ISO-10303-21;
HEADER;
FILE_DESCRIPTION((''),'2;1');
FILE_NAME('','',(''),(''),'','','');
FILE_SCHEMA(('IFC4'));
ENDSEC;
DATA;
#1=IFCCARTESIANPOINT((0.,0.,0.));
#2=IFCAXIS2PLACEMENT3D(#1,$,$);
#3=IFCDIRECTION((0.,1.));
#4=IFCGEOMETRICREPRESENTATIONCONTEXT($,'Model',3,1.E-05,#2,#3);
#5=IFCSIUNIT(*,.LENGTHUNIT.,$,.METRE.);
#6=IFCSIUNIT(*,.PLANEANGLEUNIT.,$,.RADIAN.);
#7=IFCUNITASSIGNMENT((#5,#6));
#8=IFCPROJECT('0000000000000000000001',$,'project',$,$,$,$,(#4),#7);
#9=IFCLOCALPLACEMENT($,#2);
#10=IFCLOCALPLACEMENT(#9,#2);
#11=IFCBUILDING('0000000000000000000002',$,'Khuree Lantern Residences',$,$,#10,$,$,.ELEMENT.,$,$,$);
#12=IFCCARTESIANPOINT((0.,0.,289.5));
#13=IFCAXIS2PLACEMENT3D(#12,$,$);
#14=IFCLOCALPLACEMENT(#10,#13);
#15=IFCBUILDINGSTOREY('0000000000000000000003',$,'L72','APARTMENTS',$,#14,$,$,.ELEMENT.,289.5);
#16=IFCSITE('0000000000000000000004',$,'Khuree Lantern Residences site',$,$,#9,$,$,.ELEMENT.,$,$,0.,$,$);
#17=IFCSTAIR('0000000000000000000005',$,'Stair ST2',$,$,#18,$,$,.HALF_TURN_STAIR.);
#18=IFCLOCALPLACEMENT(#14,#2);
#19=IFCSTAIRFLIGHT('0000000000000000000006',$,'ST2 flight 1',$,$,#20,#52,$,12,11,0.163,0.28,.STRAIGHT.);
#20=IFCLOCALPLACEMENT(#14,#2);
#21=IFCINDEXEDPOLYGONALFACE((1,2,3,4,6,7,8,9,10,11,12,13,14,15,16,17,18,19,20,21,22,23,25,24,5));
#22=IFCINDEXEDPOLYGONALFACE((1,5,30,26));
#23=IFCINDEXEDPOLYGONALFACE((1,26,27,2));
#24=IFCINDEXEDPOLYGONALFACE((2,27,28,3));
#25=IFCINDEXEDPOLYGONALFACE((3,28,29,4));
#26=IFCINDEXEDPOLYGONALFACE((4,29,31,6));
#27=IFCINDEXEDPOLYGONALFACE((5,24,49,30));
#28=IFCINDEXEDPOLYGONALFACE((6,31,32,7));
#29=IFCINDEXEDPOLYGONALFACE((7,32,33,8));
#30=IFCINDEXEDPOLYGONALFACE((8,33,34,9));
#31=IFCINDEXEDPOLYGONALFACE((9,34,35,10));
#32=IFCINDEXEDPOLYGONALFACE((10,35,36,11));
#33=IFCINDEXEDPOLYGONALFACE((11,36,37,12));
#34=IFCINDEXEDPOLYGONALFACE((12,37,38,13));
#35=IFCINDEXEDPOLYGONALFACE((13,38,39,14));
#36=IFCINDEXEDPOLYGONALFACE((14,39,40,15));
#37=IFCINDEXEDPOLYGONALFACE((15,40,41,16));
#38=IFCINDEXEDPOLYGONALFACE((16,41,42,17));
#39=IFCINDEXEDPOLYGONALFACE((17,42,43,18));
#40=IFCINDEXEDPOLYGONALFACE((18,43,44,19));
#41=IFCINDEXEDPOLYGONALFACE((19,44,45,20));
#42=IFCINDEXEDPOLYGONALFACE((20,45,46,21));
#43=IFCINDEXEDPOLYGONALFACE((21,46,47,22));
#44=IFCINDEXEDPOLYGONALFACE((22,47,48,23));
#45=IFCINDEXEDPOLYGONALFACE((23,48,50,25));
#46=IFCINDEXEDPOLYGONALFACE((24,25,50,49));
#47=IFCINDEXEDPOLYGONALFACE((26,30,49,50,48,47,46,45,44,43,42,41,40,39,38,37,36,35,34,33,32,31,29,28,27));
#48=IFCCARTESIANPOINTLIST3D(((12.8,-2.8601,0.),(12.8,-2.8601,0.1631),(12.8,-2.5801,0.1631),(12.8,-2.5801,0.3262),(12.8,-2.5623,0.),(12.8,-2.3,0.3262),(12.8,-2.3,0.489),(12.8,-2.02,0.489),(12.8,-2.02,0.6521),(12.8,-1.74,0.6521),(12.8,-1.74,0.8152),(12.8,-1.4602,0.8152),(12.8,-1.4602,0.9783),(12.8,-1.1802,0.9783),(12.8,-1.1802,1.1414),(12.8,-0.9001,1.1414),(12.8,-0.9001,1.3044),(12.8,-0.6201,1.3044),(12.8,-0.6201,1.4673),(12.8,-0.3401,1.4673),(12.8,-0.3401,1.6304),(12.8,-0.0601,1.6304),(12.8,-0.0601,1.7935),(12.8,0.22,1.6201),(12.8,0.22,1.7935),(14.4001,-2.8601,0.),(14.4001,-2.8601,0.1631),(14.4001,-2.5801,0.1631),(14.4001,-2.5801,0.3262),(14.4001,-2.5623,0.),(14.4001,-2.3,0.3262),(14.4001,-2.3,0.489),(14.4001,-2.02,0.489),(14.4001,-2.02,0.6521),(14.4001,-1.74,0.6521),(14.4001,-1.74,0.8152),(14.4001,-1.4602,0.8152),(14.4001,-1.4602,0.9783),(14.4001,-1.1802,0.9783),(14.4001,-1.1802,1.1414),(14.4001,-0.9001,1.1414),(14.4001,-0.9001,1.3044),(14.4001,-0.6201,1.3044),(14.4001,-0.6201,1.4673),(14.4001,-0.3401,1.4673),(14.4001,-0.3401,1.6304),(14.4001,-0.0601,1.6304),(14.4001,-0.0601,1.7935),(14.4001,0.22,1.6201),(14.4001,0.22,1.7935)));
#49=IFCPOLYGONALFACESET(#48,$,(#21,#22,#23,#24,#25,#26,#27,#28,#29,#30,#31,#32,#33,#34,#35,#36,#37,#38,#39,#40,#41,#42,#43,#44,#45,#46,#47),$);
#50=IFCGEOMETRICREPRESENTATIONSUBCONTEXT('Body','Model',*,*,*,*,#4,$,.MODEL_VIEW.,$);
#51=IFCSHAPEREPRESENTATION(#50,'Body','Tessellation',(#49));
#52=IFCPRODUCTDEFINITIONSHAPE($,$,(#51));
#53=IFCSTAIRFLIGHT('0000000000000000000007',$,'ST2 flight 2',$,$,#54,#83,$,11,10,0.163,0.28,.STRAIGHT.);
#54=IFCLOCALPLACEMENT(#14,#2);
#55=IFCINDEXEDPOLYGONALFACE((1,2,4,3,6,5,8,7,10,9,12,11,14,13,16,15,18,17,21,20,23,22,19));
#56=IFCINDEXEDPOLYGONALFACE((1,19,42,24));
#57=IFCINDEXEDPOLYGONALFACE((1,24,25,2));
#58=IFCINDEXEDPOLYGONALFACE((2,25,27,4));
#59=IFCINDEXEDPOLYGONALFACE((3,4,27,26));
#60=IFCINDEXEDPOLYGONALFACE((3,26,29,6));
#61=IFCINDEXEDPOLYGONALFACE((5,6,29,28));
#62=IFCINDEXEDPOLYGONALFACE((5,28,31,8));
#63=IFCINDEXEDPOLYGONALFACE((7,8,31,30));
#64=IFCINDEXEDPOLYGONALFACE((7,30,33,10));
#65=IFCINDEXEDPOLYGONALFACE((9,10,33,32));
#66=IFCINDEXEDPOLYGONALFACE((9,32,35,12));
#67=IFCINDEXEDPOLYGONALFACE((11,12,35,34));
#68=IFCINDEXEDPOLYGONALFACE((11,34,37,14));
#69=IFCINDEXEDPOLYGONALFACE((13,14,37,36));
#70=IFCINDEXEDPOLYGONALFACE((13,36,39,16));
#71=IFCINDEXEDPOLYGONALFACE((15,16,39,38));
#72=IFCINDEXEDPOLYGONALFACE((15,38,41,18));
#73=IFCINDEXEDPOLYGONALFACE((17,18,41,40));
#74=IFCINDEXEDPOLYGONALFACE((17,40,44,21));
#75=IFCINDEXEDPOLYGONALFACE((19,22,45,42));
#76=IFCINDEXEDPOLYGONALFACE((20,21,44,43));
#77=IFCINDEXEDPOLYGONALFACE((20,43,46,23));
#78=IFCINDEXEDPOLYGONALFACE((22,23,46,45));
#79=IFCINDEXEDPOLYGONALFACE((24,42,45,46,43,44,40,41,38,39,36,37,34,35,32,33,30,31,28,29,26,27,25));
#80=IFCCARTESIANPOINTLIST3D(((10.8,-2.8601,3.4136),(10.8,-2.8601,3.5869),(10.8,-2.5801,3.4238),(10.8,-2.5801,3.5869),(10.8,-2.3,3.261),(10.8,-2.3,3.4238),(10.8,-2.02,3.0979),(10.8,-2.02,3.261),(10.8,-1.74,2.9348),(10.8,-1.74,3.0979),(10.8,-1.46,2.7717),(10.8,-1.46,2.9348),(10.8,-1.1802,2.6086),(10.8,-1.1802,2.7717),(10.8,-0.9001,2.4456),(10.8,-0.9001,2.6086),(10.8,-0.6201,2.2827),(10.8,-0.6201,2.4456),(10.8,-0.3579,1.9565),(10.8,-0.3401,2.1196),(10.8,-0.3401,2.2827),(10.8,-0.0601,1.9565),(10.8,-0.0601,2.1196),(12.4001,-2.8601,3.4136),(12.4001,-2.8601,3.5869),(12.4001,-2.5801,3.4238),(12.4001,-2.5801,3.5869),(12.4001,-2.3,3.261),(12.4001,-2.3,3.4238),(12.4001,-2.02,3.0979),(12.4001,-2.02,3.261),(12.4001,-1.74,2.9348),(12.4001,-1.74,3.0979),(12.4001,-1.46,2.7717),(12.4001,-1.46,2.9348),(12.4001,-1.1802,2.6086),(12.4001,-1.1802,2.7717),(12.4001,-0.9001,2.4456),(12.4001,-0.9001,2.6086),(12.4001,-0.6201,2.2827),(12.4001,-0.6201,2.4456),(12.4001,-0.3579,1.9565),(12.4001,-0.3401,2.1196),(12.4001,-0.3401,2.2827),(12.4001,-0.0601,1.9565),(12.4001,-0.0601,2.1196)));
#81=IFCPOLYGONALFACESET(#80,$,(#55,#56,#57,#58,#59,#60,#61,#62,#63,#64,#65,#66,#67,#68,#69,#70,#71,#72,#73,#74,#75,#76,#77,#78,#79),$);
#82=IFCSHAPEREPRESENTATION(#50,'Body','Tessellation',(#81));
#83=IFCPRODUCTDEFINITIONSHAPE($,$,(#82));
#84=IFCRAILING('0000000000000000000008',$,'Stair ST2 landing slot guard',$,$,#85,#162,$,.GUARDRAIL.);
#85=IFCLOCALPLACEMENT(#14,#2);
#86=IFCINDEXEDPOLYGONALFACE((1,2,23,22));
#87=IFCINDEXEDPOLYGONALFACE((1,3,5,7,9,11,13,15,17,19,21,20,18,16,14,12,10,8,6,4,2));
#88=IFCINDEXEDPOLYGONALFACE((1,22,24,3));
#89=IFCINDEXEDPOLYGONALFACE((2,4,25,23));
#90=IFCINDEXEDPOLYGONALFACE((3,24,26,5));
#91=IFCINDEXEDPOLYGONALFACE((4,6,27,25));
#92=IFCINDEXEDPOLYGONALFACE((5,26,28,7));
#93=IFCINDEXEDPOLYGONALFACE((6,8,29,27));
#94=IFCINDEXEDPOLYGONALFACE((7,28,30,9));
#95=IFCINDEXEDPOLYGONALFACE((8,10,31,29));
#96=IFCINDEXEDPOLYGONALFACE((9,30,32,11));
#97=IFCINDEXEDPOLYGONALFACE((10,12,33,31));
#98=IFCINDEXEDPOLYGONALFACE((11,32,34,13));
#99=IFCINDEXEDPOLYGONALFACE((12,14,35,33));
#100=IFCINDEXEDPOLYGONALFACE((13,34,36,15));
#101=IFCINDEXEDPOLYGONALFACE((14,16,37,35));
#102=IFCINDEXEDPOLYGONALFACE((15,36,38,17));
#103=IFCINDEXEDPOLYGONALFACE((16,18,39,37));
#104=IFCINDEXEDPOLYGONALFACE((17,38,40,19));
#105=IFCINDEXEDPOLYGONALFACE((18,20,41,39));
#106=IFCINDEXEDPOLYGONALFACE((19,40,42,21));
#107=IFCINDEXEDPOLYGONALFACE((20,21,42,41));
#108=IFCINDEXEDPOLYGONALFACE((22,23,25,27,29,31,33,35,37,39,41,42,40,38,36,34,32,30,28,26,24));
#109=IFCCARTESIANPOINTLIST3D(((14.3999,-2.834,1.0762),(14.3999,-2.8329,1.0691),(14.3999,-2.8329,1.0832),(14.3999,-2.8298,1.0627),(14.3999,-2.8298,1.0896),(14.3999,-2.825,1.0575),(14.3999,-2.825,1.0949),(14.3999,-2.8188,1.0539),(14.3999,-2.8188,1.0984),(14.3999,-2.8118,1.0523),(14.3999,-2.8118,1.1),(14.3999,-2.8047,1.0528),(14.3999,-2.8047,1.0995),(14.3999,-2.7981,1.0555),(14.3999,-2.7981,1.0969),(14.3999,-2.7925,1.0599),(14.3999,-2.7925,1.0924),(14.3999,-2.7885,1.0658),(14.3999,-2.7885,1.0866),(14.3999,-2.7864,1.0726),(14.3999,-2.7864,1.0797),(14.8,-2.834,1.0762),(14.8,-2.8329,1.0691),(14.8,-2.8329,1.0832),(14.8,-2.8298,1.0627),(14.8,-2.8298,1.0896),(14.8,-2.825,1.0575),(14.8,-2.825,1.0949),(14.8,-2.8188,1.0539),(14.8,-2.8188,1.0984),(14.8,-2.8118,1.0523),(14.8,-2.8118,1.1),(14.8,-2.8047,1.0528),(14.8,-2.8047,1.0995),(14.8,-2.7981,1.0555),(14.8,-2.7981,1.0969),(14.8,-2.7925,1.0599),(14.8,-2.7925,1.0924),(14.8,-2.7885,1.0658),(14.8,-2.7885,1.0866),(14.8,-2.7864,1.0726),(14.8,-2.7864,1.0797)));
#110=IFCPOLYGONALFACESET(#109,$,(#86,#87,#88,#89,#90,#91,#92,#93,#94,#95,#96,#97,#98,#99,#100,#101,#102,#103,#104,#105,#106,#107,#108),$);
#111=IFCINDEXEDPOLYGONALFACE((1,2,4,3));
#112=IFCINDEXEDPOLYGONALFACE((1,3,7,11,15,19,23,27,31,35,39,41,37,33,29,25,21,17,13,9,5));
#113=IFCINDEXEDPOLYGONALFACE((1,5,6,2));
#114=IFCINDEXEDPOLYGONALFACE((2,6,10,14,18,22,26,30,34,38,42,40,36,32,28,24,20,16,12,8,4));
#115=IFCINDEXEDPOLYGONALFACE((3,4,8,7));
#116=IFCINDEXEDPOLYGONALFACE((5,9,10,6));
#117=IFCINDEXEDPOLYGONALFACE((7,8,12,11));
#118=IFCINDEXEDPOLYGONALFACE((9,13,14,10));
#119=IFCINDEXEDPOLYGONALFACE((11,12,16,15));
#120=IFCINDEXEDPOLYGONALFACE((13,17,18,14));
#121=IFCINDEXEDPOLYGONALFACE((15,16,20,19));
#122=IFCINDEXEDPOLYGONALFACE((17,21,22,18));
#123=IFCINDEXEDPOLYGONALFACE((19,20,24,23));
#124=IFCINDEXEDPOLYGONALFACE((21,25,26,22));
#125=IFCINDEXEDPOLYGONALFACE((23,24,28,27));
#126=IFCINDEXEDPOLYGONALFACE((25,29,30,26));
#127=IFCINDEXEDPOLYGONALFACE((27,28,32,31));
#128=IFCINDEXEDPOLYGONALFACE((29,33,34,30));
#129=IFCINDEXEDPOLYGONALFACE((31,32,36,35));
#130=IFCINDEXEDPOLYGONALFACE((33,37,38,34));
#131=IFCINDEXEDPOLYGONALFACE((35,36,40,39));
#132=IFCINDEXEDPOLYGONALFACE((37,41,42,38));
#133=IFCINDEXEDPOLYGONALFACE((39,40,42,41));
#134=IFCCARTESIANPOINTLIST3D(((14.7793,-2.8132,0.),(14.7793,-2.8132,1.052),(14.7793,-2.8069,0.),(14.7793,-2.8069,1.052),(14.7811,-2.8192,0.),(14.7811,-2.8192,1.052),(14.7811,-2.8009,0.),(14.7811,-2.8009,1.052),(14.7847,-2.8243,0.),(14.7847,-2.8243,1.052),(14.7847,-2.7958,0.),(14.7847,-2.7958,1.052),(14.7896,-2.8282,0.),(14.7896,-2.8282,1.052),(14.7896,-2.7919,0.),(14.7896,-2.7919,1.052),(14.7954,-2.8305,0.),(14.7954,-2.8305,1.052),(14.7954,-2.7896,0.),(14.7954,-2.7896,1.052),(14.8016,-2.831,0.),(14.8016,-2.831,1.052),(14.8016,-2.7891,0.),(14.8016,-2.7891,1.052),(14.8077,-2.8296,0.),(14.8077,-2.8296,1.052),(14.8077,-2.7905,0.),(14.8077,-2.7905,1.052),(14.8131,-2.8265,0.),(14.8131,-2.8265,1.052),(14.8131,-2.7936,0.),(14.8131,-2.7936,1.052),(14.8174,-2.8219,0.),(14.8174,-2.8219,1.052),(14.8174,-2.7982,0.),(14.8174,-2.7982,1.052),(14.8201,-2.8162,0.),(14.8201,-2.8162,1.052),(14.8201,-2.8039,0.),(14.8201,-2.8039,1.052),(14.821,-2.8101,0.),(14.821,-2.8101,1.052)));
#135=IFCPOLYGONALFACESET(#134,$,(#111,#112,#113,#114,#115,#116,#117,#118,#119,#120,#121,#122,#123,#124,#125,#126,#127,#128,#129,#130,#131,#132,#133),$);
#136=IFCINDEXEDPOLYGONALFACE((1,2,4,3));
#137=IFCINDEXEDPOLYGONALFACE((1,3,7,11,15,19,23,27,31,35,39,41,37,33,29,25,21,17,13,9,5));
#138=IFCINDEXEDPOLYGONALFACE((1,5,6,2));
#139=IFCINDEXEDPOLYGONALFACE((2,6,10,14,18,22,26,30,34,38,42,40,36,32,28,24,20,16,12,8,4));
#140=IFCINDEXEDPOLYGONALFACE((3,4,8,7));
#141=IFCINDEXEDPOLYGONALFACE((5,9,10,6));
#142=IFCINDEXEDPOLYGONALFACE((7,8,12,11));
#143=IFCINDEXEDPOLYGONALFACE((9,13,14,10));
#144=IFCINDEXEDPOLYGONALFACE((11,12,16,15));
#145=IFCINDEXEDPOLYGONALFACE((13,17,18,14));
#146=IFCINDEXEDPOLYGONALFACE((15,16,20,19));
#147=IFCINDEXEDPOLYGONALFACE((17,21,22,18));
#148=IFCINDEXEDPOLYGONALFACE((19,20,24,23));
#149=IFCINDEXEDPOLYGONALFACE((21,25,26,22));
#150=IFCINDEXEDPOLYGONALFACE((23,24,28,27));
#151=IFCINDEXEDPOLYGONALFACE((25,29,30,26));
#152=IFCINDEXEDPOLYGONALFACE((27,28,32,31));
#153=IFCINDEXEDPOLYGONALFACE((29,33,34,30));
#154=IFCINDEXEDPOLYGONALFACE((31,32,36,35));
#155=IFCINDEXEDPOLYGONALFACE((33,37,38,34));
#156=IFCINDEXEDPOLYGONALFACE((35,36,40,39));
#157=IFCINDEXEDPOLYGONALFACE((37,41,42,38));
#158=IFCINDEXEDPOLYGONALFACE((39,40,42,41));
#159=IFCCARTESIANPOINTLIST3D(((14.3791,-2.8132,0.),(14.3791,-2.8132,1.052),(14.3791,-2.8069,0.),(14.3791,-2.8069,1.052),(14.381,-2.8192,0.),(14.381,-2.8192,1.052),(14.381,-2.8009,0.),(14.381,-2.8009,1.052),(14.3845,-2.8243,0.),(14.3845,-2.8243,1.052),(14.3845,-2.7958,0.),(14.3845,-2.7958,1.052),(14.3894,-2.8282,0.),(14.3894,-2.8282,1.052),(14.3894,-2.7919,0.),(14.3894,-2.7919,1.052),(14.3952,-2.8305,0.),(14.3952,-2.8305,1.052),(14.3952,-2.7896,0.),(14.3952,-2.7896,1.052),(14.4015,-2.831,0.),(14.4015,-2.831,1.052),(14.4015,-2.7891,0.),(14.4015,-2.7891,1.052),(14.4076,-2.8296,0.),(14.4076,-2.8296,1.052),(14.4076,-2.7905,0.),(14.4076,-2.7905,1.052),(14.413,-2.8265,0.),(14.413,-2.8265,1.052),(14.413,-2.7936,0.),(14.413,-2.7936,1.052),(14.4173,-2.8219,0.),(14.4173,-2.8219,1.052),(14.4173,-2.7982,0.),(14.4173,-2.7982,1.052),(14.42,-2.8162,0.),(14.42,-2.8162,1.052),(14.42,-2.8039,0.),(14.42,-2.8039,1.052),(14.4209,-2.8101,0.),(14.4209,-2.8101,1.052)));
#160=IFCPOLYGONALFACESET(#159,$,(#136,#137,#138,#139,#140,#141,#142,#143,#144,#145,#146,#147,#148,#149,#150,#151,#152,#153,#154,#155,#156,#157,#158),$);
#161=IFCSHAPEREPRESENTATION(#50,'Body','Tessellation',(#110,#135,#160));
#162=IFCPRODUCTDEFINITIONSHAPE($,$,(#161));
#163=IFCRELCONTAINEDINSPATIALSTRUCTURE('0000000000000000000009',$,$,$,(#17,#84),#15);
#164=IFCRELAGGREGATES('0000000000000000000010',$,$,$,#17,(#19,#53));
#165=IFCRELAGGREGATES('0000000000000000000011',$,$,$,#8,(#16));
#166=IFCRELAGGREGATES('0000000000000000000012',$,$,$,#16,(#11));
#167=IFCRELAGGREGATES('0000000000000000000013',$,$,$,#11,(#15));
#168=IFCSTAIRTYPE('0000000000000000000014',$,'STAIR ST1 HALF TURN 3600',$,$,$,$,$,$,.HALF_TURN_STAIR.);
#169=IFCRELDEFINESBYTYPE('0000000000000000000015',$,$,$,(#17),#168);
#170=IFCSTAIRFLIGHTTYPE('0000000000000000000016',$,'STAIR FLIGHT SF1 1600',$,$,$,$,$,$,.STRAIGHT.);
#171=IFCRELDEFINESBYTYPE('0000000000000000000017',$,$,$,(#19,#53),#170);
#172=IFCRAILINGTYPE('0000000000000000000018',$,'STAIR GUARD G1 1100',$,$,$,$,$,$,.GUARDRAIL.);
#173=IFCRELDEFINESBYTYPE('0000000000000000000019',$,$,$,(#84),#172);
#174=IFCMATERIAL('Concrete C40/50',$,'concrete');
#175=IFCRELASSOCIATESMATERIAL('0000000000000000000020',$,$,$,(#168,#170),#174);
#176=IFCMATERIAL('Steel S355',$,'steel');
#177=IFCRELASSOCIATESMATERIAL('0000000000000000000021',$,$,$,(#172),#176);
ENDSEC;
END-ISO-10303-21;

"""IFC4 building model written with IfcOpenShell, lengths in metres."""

from ifc_helpers import new_model, si_unit, direction, frame, origin, origin_2d, place, context, subcontext, project, spatial, polyline, circle, outline, extrude, material, type_object, element, aggregate, save


model = new_model("IFC4")

# Units and contexts
model_context = context("Model", 3, precision=1e-05, world=origin(), true_north=direction((0.0, 1.0)))
body_context = subcontext(model_context, "Body", "Model", "MODEL_VIEW")
ifc_project = project(units=[si_unit("LENGTHUNIT", "METRE"), si_unit("PLANEANGLEUNIT", "RADIAN")], contexts=[model_context])

# Site, building, storey
site_placement = place(None, origin())
site = spatial("IfcSite", under=ifc_project, at=site_placement, Name="Khuree Lantern Residences site", CompositionType="ELEMENT", RefElevation=0.0)
building_placement = place(site_placement, origin())
building = spatial("IfcBuilding", under=site, at=building_placement, Name="Khuree Lantern Residences", CompositionType="ELEMENT")
storey_placement = place(building_placement, frame((0.0, 0.0, 289.5)))
storey = spatial("IfcBuildingStorey", under=building, at=storey_placement, Name="L72", Description="APARTMENTS", CompositionType="ELEMENT", Elevation=289.5)

# Shared definitions
ifc_material_1 = material(Name="Concrete C40/50", Category="concrete")
stair_type = type_object("IfcStairType", Name="STAIR ST1 HALF TURN 3600", PredefinedType="HALF_TURN_STAIR", material=ifc_material_1)

# Stair, stair flights
stair_1_placement = place(storey_placement, origin())
stair_1 = element("IfcStair", 1, at=stair_1_placement, inside=storey, type_object=stair_type, Name="Stair ST2", PredefinedType="HALF_TURN_STAIR")
stair_flight_type = type_object("IfcStairFlightType", Name="STAIR FLIGHT SF1 1600", PredefinedType="STRAIGHT", material=ifc_material_1)
stair_flight_1_placement = place(storey_placement, frame((13.6001, -2.8601, 0.0), z_axis=(0.0, 0.0, 1.0), x_axis=(0.0, 1.0, 0.0)))
stair_flight_1 = element("IfcStairFlight", 2, at=stair_flight_1_placement, type_object=stair_flight_type, Name="ST2 flight 1", NumberOfRisers=12, NumberOfTreads=11, PredefinedType="STRAIGHT", RiserHeight=0.163, TreadLength=0.28, context=body_context, shape_type="SweptSolid", body=[
    extrude(outline(polyline([(0.0, 0.0), (0.0, 0.1631), (0.28, 0.1631), (0.28, 0.3262), (0.5601, 0.3262), (0.5601, 0.489), (0.8401, 0.489), (0.8401, 0.6521), (1.1201, 0.6521), (1.1201, 0.8152), (1.3999, 0.8152), (1.3999, 0.9783), (1.6799, 0.9783), (1.6799, 1.1414), (1.96, 1.1414), (1.96, 1.3044), (2.24, 1.3044), (2.24, 1.4673), (2.52, 1.4673), (2.52, 1.6304), (2.8, 1.6304), (2.8, 1.7935), (3.0801, 1.7935), (3.0801, 1.9565), (3.0801, 1.6201), (0.2979, 0.0), (0.0, 0.0)])), frame((0.0, 0.8, 0.0), z_axis=(0.0, -1.0, 0.0), x_axis=(1.0, 0.0, 0.0)), (0.0, 0.0, 1.0), 1.6001),
])
stair_flight_2_placement = place(storey_placement, frame((11.6001, -0.0601, 1.9565), z_axis=(0.0, 0.0, 1.0), x_axis=(0.0, -1.0, 0.0)))
stair_flight_2 = element("IfcStairFlight", 3, at=stair_flight_2_placement, type_object=stair_flight_type, Name="ST2 flight 2", NumberOfRisers=11, NumberOfTreads=10, PredefinedType="STRAIGHT", RiserHeight=0.163, TreadLength=0.28, context=body_context, shape_type="SweptSolid", body=[
    extrude(outline(polyline([(0.0, 0.0), (0.0, 0.1631), (0.28, 0.1631), (0.28, 0.3262), (0.5601, 0.3262), (0.5601, 0.489), (0.8401, 0.489), (0.8401, 0.6521), (1.1201, 0.6521), (1.1201, 0.8152), (1.3999, 0.8152), (1.3999, 0.9783), (1.6799, 0.9783), (1.6799, 1.1414), (1.96, 1.1414), (1.96, 1.3044), (2.24, 1.3044), (2.24, 1.4673), (2.52, 1.4673), (2.52, 1.6304), (2.8, 1.6304), (2.8, 1.7935), (2.8, 1.457), (0.2979, 0.0), (0.0, 0.0)])), frame((0.0, 0.8, 0.0), z_axis=(0.0, -1.0, 0.0), x_axis=(1.0, 0.0, 0.0)), (0.0, 0.0, 1.0), 1.6001),
])
aggregate(stair_1, [stair_flight_1, stair_flight_2])

# Railing
ifc_material_2 = material(Name="Steel S355", Category="steel")
railing_type_1 = type_object("IfcRailingType", Name="STAIR GUARD G1 1100", PredefinedType="GUARDRAIL", material=ifc_material_2)
railing_1_placement = place(storey_placement, frame((14.8, -2.8101, 0.0)))
element("IfcRailing", 4, at=railing_1_placement, inside=storey, type_object=railing_type_1, Name="Stair ST2 landing slot guard", PredefinedType="GUARDRAIL", context=body_context, shape_type="SweptSolid", body=[
    extrude(circle(Radius=0.0239, at=origin_2d()), frame((0.0, 0.0, 1.0762), z_axis=(-1.0, 0.0, 0.0), x_axis=(0.0, -1.0, 0.0)), (0.0, 0.0, 1.0), 0.4001),
    extrude(circle(Radius=0.021, at=origin_2d()), origin(), (0.0, 0.0, 1.0), 1.052),
    extrude(circle(Radius=0.021, at=origin_2d()), frame((-0.4001, 0.0, 0.0)), (0.0, 0.0, 1.0), 1.052),
])

save(model, "model.ifc")
